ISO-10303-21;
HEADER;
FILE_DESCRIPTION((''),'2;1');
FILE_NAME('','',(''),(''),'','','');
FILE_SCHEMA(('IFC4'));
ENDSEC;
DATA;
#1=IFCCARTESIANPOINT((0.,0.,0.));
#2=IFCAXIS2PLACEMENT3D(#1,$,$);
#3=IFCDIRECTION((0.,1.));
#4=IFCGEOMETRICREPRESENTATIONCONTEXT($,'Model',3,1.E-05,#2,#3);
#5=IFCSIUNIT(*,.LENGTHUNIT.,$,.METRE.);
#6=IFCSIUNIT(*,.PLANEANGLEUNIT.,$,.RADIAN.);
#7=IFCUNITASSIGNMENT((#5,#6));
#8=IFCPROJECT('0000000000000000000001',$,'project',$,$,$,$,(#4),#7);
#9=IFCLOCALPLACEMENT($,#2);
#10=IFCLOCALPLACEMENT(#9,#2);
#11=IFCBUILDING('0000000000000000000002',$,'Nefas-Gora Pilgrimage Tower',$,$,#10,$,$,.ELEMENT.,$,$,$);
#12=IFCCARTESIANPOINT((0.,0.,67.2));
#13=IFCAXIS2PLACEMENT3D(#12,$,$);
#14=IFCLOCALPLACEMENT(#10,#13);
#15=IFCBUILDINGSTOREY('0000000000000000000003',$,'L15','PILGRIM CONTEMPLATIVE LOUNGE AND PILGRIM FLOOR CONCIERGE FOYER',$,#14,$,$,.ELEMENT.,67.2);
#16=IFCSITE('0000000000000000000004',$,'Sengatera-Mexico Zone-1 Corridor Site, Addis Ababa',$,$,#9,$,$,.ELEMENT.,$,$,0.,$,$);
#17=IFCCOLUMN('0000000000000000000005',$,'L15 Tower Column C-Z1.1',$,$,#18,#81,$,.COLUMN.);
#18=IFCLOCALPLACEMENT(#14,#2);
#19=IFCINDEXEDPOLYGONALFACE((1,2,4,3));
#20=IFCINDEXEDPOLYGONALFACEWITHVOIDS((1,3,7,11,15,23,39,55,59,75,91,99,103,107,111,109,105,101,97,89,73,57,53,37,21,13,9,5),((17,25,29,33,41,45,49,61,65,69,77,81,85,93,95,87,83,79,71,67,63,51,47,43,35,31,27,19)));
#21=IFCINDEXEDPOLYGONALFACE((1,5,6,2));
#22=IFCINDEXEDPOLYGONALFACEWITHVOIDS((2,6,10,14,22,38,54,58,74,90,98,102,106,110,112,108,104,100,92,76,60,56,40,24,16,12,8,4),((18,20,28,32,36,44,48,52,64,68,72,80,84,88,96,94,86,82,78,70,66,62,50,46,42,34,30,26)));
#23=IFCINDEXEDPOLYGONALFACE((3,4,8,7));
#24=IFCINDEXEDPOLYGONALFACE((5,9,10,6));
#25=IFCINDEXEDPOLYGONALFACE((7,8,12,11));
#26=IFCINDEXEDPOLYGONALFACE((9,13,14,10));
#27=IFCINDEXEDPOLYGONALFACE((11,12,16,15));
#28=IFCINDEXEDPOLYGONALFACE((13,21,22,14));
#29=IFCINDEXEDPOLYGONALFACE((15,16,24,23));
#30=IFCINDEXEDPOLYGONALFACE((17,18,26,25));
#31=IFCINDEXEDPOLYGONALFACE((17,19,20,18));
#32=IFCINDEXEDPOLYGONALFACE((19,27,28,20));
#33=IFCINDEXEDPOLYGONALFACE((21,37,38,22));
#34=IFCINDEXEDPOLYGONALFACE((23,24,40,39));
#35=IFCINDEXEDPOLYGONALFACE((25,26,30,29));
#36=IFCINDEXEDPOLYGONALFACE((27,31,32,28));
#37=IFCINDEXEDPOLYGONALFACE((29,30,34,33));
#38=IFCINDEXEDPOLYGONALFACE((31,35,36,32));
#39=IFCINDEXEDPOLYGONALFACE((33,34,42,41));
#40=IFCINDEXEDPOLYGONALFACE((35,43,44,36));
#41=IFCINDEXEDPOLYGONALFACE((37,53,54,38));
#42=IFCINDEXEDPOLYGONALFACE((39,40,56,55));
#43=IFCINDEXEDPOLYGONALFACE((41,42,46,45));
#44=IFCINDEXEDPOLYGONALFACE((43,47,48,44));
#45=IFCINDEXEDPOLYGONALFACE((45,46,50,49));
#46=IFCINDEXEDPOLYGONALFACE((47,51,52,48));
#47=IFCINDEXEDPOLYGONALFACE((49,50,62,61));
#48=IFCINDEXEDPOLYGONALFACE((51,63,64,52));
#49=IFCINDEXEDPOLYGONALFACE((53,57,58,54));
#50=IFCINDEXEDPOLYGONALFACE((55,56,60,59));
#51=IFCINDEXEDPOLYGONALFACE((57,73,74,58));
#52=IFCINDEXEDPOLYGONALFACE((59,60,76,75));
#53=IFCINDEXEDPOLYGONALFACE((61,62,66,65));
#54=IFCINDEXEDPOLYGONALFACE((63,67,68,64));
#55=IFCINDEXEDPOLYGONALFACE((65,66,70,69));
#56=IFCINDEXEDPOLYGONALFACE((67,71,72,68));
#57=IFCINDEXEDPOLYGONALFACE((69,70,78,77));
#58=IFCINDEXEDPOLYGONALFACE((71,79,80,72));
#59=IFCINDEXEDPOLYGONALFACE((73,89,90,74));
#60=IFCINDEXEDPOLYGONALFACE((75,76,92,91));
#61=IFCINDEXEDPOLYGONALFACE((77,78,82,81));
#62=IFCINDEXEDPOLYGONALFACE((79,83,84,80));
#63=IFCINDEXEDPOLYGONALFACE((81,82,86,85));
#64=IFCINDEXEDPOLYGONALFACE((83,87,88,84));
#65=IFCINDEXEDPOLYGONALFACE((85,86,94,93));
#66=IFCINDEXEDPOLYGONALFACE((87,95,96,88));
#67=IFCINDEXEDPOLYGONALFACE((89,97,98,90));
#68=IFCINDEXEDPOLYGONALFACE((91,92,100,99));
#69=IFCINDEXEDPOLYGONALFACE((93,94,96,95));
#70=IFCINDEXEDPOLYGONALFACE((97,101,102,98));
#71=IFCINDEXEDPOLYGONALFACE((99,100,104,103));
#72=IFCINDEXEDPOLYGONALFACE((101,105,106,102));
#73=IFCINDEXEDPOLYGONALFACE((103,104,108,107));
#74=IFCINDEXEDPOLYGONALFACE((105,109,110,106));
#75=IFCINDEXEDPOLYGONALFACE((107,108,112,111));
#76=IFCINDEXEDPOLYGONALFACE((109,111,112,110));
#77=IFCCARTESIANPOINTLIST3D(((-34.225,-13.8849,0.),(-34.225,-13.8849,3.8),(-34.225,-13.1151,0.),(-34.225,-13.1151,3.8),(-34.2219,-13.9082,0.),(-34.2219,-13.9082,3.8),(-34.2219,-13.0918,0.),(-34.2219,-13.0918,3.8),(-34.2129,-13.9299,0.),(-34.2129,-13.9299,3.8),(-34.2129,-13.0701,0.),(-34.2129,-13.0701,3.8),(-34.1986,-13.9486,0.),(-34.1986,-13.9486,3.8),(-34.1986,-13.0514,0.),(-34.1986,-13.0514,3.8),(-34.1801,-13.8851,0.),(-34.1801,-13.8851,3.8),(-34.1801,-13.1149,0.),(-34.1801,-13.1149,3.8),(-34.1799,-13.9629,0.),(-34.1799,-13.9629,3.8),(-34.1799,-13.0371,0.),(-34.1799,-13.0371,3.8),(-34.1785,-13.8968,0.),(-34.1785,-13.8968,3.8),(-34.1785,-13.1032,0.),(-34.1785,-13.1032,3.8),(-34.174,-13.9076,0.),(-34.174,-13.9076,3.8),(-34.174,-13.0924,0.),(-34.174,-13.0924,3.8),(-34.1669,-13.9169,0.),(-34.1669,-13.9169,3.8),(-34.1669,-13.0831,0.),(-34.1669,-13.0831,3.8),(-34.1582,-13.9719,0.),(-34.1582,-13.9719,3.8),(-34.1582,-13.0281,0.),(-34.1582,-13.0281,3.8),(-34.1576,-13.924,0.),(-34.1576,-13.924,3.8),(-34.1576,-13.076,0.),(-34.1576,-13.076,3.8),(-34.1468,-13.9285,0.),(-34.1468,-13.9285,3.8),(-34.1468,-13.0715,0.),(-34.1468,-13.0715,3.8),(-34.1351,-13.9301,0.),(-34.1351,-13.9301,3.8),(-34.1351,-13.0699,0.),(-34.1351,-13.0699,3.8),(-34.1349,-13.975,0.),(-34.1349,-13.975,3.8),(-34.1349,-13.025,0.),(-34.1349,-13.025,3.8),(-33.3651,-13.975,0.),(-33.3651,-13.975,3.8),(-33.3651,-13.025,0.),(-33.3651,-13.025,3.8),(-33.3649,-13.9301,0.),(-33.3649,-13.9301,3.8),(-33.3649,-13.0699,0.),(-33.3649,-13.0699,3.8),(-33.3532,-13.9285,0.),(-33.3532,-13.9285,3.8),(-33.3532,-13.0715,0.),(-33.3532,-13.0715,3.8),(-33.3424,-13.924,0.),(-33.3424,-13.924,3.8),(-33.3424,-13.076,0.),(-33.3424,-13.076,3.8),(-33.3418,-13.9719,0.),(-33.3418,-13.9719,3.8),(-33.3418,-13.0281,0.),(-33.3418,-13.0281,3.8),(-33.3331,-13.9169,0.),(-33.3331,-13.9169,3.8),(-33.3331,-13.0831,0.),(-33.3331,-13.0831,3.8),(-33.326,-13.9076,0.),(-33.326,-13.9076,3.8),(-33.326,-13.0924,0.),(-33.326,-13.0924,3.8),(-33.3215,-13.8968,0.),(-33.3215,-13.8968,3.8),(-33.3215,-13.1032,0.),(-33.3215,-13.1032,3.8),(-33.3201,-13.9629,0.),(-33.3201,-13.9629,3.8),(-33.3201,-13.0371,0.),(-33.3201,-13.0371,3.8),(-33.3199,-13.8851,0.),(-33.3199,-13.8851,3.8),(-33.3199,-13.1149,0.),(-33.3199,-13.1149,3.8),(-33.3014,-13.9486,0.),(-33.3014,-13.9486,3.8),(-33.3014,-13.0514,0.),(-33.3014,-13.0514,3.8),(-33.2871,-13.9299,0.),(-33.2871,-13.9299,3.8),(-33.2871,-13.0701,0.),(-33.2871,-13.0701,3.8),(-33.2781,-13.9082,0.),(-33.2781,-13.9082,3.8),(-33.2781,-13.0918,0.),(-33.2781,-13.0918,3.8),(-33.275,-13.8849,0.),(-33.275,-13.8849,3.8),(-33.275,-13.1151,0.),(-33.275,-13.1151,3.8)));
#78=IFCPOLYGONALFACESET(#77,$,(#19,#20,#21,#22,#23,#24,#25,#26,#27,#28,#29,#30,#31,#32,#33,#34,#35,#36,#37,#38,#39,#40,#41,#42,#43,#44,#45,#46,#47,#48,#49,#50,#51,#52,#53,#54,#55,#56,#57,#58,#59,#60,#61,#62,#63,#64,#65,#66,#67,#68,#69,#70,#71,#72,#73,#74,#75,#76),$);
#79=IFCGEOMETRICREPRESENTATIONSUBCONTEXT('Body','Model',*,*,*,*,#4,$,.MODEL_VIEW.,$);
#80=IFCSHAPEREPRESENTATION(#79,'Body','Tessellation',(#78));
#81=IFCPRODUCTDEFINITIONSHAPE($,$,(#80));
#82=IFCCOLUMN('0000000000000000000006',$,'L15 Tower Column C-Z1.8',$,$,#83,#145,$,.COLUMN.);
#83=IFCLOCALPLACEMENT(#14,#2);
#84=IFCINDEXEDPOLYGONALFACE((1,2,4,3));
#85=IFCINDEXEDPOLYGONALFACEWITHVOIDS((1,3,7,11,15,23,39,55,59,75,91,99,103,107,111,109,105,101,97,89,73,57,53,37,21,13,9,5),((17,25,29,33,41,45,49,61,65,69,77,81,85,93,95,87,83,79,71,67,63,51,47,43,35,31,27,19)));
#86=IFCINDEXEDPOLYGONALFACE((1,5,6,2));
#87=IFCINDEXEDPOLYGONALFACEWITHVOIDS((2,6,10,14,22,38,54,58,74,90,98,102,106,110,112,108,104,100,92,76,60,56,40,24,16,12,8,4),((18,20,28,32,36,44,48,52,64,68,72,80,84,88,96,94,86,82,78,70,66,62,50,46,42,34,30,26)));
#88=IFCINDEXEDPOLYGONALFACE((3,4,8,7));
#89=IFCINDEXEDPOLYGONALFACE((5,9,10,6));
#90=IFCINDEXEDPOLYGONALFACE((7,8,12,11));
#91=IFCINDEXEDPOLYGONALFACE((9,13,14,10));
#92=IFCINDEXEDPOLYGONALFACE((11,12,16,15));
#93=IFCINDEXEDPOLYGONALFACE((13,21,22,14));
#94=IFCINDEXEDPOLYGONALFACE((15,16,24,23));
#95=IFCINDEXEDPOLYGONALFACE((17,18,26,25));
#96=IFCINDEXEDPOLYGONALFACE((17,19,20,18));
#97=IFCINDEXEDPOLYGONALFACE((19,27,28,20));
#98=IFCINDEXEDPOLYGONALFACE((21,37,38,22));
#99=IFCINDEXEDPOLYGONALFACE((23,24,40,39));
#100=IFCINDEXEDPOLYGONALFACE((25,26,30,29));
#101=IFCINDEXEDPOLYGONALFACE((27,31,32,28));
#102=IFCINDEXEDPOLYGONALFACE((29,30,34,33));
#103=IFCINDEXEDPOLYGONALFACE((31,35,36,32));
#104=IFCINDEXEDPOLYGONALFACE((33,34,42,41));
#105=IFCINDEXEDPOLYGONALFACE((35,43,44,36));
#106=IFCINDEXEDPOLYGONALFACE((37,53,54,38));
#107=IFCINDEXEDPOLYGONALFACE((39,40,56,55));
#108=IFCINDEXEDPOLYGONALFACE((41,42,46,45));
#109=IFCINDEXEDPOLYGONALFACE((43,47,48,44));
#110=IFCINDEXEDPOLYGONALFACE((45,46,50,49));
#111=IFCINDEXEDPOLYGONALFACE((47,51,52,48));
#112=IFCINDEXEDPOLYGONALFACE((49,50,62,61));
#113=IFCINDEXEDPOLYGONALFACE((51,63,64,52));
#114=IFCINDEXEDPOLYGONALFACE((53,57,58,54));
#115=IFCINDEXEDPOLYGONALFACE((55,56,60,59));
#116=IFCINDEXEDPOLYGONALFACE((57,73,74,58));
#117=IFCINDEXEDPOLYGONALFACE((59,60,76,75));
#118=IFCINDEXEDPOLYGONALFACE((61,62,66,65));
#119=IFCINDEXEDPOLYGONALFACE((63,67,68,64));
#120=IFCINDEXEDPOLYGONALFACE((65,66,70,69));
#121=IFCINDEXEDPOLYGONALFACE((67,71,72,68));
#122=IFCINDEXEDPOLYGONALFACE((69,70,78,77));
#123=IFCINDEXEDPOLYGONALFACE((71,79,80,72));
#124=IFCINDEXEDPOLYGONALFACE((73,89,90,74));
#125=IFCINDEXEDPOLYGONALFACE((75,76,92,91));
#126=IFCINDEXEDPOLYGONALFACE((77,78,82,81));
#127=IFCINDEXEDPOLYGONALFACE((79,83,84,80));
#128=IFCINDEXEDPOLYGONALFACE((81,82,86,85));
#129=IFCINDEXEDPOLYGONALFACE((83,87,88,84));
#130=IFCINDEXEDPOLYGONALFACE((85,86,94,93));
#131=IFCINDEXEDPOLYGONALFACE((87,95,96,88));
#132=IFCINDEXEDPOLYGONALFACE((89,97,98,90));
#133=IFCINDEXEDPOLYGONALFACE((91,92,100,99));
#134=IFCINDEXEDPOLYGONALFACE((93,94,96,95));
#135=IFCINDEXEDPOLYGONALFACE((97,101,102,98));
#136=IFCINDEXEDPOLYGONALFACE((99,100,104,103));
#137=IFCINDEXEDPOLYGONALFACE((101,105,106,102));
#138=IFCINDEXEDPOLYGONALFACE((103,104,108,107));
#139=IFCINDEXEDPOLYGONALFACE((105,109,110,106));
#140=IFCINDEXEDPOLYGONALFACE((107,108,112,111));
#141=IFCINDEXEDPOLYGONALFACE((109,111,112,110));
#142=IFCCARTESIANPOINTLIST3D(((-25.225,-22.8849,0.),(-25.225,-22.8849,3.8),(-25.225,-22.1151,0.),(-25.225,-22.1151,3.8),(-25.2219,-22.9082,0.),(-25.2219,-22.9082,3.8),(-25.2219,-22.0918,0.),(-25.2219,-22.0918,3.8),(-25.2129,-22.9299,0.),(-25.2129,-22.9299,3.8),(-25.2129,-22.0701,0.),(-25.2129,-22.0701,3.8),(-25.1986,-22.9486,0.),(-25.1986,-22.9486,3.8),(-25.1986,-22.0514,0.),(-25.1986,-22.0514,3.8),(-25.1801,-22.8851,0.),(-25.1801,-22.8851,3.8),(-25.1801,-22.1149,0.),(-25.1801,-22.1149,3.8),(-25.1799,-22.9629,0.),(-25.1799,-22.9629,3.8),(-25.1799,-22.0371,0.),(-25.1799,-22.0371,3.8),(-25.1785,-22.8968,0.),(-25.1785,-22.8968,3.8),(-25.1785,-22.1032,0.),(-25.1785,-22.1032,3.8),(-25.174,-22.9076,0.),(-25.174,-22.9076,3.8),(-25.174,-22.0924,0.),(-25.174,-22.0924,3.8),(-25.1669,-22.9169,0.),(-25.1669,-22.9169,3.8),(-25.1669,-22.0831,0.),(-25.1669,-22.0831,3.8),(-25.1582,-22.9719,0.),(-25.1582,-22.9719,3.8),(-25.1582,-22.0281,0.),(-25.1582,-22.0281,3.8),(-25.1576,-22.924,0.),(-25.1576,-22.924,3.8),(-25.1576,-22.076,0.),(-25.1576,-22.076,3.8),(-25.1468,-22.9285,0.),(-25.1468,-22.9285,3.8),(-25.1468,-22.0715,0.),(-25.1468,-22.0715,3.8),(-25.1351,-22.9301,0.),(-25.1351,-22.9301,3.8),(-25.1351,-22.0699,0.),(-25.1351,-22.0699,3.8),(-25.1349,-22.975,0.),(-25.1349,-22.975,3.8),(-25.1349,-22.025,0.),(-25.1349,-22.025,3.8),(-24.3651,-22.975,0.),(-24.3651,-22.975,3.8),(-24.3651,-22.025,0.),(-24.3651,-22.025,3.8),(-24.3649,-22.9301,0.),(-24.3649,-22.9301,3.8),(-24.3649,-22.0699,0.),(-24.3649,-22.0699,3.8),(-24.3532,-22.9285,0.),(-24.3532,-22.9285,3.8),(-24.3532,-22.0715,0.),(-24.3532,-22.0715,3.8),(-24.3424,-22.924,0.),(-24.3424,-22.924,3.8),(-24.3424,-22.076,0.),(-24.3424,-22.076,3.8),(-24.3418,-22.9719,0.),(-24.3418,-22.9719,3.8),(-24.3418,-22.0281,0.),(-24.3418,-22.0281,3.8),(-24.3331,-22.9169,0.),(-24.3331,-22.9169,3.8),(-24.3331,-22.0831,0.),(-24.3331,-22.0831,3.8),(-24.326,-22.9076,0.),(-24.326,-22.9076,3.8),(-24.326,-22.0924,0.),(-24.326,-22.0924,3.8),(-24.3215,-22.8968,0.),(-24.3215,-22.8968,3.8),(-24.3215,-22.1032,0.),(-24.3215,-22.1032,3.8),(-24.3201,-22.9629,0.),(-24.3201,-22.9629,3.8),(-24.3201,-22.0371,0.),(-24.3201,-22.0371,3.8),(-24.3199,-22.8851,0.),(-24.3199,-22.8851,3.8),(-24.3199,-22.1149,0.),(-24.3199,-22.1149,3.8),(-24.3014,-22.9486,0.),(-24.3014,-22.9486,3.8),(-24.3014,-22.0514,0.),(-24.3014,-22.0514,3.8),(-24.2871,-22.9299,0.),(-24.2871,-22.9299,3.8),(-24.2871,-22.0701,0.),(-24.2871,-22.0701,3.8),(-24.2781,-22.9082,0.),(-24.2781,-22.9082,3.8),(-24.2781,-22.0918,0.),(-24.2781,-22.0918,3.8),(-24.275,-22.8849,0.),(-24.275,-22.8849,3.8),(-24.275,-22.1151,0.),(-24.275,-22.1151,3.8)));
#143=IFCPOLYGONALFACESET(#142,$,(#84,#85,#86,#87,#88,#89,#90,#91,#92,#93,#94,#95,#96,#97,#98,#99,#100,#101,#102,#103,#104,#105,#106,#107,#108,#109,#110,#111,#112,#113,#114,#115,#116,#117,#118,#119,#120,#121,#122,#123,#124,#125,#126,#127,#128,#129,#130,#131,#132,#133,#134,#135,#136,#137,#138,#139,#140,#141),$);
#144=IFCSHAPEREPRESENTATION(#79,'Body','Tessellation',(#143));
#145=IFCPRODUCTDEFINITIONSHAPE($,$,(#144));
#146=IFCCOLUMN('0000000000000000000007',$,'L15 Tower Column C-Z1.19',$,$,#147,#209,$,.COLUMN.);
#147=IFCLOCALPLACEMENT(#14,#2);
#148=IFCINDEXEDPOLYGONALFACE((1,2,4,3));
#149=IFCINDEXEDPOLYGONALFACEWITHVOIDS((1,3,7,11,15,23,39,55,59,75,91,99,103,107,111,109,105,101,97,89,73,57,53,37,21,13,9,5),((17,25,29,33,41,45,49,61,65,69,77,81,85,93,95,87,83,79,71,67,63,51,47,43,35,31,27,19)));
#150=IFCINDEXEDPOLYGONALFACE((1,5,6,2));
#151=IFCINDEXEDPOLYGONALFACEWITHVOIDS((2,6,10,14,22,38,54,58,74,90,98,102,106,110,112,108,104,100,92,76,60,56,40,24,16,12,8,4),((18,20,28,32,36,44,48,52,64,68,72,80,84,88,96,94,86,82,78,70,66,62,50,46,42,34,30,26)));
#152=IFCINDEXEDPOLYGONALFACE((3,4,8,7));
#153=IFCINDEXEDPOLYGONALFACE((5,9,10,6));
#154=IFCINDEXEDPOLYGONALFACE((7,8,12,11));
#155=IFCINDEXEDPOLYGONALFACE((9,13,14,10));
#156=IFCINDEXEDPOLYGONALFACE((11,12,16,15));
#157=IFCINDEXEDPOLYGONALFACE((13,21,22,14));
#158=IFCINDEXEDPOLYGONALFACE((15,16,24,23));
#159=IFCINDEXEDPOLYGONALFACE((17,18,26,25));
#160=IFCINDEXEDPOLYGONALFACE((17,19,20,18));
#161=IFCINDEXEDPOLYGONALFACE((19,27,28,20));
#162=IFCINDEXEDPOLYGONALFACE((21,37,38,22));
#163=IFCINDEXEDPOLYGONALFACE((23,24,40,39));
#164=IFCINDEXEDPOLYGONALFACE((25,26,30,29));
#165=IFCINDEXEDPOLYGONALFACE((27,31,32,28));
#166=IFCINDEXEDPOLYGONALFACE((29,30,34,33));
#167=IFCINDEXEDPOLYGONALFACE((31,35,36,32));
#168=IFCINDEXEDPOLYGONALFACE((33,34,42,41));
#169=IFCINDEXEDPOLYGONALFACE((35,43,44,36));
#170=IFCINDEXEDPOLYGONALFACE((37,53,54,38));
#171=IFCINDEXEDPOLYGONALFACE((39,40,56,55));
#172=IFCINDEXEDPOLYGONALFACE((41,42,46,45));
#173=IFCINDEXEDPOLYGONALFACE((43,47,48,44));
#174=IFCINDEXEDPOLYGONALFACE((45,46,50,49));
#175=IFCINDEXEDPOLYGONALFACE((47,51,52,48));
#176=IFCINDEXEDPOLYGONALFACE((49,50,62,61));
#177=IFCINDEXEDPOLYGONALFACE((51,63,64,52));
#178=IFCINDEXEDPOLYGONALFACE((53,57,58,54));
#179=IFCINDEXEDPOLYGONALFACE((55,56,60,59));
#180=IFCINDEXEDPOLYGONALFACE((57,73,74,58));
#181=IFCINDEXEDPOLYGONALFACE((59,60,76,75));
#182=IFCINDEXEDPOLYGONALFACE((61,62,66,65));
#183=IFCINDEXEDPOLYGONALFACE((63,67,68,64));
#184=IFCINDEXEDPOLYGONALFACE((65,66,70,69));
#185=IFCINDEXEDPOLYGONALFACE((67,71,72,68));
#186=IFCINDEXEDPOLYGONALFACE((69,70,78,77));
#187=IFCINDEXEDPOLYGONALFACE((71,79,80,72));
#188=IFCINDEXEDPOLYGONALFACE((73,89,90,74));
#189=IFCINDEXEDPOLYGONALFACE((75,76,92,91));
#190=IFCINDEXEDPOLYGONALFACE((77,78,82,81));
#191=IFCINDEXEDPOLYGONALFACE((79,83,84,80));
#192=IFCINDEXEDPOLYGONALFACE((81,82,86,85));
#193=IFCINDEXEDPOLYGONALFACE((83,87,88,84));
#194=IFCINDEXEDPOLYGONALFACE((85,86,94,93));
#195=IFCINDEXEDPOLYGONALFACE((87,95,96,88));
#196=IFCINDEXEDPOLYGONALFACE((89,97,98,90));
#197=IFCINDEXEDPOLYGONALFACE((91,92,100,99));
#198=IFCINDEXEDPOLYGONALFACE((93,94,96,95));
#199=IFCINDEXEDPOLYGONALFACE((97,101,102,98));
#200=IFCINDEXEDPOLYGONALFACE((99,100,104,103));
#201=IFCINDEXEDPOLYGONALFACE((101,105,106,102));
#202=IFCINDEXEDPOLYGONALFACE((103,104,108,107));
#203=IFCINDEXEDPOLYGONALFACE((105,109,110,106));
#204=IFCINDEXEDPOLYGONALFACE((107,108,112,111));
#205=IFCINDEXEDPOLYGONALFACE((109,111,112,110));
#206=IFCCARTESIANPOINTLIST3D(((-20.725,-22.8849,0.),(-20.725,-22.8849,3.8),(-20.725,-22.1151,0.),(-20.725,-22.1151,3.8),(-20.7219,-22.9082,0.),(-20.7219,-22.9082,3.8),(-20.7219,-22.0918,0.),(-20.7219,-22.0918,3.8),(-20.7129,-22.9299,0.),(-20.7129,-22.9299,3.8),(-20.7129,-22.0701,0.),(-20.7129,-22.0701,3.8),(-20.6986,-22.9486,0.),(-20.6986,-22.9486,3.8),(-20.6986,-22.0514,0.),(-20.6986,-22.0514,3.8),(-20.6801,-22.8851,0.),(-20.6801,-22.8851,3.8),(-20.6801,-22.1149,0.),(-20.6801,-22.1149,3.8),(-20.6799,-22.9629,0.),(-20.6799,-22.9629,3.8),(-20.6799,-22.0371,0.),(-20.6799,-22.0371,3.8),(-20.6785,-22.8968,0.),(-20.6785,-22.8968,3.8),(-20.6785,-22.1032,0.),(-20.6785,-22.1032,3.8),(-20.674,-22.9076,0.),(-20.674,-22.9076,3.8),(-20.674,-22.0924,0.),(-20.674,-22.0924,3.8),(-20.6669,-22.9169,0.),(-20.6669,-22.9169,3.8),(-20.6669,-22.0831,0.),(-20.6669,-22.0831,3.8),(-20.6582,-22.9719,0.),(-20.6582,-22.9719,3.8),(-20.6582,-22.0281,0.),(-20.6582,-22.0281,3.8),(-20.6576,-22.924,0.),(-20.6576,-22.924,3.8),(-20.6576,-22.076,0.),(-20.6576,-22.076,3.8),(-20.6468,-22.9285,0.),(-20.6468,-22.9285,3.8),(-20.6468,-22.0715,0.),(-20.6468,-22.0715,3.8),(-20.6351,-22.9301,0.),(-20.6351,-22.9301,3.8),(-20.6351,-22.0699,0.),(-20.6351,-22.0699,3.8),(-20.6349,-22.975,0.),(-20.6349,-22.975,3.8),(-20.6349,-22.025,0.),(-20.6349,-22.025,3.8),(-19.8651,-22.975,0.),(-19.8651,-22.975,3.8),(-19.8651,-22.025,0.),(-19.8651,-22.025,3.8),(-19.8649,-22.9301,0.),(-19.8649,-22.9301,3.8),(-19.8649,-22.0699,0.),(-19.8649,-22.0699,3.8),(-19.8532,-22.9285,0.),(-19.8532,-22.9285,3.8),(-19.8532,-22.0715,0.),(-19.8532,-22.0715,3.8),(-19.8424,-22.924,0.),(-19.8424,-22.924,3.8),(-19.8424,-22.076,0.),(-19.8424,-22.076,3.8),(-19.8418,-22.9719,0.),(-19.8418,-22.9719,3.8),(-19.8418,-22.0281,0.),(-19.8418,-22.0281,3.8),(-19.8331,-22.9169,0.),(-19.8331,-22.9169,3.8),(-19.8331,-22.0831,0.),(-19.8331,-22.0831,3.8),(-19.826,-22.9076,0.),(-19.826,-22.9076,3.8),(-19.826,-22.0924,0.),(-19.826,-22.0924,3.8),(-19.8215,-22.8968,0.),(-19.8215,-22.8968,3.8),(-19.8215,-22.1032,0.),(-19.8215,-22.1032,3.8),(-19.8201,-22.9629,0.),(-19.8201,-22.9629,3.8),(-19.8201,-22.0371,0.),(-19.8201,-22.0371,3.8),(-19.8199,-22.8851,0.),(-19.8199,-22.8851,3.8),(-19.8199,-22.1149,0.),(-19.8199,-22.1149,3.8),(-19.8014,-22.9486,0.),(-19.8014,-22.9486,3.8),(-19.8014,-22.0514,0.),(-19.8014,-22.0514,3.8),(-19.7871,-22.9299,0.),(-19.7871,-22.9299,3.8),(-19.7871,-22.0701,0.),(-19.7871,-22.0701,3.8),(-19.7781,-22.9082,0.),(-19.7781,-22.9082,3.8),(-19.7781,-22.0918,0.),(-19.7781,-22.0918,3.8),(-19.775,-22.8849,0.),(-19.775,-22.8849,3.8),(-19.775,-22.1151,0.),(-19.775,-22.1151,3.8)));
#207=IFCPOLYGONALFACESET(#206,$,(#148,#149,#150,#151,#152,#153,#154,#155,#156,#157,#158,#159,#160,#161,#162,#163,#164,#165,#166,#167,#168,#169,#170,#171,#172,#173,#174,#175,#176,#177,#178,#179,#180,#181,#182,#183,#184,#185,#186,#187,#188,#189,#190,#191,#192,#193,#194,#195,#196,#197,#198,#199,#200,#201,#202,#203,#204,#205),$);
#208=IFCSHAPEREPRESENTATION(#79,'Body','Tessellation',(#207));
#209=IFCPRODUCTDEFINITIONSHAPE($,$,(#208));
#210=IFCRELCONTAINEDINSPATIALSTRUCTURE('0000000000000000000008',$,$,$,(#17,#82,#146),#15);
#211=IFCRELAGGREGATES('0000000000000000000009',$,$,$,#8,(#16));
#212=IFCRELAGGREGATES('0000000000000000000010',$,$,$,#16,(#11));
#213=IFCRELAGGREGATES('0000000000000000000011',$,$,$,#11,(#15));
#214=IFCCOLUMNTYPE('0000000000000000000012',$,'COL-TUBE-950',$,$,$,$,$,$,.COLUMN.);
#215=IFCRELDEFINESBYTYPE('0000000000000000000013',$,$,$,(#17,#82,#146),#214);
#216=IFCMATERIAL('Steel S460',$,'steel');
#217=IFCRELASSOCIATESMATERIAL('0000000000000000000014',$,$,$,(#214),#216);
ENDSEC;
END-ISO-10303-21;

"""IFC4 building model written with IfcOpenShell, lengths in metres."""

from ifc_helpers import new_model, si_unit, direction, frame, origin, origin_2d, place, context, subcontext, project, spatial, hollow_rectangle, extrude, source, transform, mapped, material, material_profile, profile_set, type_object, element, save


model = new_model("IFC4")

# Units and contexts
model_context = context("Model", 3, precision=1e-05, world=origin(), true_north=direction((0.0, 1.0)))
body_context = subcontext(model_context, "Body", "Model", "MODEL_VIEW")
ifc_project = project(units=[si_unit("LENGTHUNIT", "METRE"), si_unit("PLANEANGLEUNIT", "RADIAN")], contexts=[model_context])

# Site, building, storey
site_placement = place(None, origin())
site = spatial("IfcSite", under=ifc_project, at=site_placement, Name="Sengatera-Mexico Zone-1 Corridor Site, Addis Ababa", CompositionType="ELEMENT", RefElevation=0.0)
building_placement = place(site_placement, origin())
building = spatial("IfcBuilding", under=site, at=building_placement, Name="Nefas-Gora Pilgrimage Tower", CompositionType="ELEMENT")
storey_placement = place(building_placement, frame((0.0, 0.0, 67.2)))
storey = spatial("IfcBuildingStorey", under=building, at=storey_placement, Name="L15", Description="PILGRIM CONTEMPLATIVE LOUNGE AND PILGRIM FLOOR CONCIERGE FOYER", CompositionType="ELEMENT", Elevation=67.2)

# Columns
ifc_material_1 = material(Name="Steel S460", Category="steel")
ifc_material_profile_1 = material_profile(ifc_material_1, hollow_rectangle(XDim=0.95, YDim=0.95, WallThickness=0.0449, InnerFilletRadius=0.0449, OuterFilletRadius=0.0901, at=origin_2d()), Name="BOX 950x950x45")
ifc_profile_set_1 = profile_set([ifc_material_profile_1], Name="Steel S460")
column_type_1 = type_object("IfcColumnType", Name="COL-TUBE-950", PredefinedType="COLUMN", material=ifc_profile_set_1)
shared_shape_1 = source(origin(), body_context, "Body", "SweptSolid", [
    extrude(hollow_rectangle(XDim=0.95, YDim=0.95, WallThickness=0.0449, InnerFilletRadius=0.0449, OuterFilletRadius=0.0901, at=origin_2d()), origin(), (0.0, 0.0, 1.0), 3.8),
])
for number, where, z_axis, x_axis, name in (
    (1, (-33.75, -13.5, 0.0), (0.0, 0.0, 1.0), (1.0, 0.0, 0.0), "L15 Tower Column C-Z1.1"),
    (2, (-24.75, -22.5, 0.0), (0.0, 0.0, 1.0), (1.0, 0.0, 0.0), "L15 Tower Column C-Z1.8"),
    (3, (-20.25, -22.5, 0.0), (0.0, 0.0, 1.0), (1.0, 0.0, 0.0), "L15 Tower Column C-Z1.19"),
):
    element("IfcColumn", number, at=place(storey_placement, frame(where, z_axis=z_axis, x_axis=x_axis)), inside=storey, type_object=column_type_1, Name=name, PredefinedType="COLUMN", context=body_context, shape_type="MappedRepresentation", body=[
        mapped(shared_shape_1, transform((0.0, 0.0, 0.0), x_axis=(1.0, 0.0, 0.0), y_axis=(0.0, 1.0, 0.0), z_axis=(0.0, 0.0, 1.0), scale=1.0)),
    ])

save(model, "model.ifc")
